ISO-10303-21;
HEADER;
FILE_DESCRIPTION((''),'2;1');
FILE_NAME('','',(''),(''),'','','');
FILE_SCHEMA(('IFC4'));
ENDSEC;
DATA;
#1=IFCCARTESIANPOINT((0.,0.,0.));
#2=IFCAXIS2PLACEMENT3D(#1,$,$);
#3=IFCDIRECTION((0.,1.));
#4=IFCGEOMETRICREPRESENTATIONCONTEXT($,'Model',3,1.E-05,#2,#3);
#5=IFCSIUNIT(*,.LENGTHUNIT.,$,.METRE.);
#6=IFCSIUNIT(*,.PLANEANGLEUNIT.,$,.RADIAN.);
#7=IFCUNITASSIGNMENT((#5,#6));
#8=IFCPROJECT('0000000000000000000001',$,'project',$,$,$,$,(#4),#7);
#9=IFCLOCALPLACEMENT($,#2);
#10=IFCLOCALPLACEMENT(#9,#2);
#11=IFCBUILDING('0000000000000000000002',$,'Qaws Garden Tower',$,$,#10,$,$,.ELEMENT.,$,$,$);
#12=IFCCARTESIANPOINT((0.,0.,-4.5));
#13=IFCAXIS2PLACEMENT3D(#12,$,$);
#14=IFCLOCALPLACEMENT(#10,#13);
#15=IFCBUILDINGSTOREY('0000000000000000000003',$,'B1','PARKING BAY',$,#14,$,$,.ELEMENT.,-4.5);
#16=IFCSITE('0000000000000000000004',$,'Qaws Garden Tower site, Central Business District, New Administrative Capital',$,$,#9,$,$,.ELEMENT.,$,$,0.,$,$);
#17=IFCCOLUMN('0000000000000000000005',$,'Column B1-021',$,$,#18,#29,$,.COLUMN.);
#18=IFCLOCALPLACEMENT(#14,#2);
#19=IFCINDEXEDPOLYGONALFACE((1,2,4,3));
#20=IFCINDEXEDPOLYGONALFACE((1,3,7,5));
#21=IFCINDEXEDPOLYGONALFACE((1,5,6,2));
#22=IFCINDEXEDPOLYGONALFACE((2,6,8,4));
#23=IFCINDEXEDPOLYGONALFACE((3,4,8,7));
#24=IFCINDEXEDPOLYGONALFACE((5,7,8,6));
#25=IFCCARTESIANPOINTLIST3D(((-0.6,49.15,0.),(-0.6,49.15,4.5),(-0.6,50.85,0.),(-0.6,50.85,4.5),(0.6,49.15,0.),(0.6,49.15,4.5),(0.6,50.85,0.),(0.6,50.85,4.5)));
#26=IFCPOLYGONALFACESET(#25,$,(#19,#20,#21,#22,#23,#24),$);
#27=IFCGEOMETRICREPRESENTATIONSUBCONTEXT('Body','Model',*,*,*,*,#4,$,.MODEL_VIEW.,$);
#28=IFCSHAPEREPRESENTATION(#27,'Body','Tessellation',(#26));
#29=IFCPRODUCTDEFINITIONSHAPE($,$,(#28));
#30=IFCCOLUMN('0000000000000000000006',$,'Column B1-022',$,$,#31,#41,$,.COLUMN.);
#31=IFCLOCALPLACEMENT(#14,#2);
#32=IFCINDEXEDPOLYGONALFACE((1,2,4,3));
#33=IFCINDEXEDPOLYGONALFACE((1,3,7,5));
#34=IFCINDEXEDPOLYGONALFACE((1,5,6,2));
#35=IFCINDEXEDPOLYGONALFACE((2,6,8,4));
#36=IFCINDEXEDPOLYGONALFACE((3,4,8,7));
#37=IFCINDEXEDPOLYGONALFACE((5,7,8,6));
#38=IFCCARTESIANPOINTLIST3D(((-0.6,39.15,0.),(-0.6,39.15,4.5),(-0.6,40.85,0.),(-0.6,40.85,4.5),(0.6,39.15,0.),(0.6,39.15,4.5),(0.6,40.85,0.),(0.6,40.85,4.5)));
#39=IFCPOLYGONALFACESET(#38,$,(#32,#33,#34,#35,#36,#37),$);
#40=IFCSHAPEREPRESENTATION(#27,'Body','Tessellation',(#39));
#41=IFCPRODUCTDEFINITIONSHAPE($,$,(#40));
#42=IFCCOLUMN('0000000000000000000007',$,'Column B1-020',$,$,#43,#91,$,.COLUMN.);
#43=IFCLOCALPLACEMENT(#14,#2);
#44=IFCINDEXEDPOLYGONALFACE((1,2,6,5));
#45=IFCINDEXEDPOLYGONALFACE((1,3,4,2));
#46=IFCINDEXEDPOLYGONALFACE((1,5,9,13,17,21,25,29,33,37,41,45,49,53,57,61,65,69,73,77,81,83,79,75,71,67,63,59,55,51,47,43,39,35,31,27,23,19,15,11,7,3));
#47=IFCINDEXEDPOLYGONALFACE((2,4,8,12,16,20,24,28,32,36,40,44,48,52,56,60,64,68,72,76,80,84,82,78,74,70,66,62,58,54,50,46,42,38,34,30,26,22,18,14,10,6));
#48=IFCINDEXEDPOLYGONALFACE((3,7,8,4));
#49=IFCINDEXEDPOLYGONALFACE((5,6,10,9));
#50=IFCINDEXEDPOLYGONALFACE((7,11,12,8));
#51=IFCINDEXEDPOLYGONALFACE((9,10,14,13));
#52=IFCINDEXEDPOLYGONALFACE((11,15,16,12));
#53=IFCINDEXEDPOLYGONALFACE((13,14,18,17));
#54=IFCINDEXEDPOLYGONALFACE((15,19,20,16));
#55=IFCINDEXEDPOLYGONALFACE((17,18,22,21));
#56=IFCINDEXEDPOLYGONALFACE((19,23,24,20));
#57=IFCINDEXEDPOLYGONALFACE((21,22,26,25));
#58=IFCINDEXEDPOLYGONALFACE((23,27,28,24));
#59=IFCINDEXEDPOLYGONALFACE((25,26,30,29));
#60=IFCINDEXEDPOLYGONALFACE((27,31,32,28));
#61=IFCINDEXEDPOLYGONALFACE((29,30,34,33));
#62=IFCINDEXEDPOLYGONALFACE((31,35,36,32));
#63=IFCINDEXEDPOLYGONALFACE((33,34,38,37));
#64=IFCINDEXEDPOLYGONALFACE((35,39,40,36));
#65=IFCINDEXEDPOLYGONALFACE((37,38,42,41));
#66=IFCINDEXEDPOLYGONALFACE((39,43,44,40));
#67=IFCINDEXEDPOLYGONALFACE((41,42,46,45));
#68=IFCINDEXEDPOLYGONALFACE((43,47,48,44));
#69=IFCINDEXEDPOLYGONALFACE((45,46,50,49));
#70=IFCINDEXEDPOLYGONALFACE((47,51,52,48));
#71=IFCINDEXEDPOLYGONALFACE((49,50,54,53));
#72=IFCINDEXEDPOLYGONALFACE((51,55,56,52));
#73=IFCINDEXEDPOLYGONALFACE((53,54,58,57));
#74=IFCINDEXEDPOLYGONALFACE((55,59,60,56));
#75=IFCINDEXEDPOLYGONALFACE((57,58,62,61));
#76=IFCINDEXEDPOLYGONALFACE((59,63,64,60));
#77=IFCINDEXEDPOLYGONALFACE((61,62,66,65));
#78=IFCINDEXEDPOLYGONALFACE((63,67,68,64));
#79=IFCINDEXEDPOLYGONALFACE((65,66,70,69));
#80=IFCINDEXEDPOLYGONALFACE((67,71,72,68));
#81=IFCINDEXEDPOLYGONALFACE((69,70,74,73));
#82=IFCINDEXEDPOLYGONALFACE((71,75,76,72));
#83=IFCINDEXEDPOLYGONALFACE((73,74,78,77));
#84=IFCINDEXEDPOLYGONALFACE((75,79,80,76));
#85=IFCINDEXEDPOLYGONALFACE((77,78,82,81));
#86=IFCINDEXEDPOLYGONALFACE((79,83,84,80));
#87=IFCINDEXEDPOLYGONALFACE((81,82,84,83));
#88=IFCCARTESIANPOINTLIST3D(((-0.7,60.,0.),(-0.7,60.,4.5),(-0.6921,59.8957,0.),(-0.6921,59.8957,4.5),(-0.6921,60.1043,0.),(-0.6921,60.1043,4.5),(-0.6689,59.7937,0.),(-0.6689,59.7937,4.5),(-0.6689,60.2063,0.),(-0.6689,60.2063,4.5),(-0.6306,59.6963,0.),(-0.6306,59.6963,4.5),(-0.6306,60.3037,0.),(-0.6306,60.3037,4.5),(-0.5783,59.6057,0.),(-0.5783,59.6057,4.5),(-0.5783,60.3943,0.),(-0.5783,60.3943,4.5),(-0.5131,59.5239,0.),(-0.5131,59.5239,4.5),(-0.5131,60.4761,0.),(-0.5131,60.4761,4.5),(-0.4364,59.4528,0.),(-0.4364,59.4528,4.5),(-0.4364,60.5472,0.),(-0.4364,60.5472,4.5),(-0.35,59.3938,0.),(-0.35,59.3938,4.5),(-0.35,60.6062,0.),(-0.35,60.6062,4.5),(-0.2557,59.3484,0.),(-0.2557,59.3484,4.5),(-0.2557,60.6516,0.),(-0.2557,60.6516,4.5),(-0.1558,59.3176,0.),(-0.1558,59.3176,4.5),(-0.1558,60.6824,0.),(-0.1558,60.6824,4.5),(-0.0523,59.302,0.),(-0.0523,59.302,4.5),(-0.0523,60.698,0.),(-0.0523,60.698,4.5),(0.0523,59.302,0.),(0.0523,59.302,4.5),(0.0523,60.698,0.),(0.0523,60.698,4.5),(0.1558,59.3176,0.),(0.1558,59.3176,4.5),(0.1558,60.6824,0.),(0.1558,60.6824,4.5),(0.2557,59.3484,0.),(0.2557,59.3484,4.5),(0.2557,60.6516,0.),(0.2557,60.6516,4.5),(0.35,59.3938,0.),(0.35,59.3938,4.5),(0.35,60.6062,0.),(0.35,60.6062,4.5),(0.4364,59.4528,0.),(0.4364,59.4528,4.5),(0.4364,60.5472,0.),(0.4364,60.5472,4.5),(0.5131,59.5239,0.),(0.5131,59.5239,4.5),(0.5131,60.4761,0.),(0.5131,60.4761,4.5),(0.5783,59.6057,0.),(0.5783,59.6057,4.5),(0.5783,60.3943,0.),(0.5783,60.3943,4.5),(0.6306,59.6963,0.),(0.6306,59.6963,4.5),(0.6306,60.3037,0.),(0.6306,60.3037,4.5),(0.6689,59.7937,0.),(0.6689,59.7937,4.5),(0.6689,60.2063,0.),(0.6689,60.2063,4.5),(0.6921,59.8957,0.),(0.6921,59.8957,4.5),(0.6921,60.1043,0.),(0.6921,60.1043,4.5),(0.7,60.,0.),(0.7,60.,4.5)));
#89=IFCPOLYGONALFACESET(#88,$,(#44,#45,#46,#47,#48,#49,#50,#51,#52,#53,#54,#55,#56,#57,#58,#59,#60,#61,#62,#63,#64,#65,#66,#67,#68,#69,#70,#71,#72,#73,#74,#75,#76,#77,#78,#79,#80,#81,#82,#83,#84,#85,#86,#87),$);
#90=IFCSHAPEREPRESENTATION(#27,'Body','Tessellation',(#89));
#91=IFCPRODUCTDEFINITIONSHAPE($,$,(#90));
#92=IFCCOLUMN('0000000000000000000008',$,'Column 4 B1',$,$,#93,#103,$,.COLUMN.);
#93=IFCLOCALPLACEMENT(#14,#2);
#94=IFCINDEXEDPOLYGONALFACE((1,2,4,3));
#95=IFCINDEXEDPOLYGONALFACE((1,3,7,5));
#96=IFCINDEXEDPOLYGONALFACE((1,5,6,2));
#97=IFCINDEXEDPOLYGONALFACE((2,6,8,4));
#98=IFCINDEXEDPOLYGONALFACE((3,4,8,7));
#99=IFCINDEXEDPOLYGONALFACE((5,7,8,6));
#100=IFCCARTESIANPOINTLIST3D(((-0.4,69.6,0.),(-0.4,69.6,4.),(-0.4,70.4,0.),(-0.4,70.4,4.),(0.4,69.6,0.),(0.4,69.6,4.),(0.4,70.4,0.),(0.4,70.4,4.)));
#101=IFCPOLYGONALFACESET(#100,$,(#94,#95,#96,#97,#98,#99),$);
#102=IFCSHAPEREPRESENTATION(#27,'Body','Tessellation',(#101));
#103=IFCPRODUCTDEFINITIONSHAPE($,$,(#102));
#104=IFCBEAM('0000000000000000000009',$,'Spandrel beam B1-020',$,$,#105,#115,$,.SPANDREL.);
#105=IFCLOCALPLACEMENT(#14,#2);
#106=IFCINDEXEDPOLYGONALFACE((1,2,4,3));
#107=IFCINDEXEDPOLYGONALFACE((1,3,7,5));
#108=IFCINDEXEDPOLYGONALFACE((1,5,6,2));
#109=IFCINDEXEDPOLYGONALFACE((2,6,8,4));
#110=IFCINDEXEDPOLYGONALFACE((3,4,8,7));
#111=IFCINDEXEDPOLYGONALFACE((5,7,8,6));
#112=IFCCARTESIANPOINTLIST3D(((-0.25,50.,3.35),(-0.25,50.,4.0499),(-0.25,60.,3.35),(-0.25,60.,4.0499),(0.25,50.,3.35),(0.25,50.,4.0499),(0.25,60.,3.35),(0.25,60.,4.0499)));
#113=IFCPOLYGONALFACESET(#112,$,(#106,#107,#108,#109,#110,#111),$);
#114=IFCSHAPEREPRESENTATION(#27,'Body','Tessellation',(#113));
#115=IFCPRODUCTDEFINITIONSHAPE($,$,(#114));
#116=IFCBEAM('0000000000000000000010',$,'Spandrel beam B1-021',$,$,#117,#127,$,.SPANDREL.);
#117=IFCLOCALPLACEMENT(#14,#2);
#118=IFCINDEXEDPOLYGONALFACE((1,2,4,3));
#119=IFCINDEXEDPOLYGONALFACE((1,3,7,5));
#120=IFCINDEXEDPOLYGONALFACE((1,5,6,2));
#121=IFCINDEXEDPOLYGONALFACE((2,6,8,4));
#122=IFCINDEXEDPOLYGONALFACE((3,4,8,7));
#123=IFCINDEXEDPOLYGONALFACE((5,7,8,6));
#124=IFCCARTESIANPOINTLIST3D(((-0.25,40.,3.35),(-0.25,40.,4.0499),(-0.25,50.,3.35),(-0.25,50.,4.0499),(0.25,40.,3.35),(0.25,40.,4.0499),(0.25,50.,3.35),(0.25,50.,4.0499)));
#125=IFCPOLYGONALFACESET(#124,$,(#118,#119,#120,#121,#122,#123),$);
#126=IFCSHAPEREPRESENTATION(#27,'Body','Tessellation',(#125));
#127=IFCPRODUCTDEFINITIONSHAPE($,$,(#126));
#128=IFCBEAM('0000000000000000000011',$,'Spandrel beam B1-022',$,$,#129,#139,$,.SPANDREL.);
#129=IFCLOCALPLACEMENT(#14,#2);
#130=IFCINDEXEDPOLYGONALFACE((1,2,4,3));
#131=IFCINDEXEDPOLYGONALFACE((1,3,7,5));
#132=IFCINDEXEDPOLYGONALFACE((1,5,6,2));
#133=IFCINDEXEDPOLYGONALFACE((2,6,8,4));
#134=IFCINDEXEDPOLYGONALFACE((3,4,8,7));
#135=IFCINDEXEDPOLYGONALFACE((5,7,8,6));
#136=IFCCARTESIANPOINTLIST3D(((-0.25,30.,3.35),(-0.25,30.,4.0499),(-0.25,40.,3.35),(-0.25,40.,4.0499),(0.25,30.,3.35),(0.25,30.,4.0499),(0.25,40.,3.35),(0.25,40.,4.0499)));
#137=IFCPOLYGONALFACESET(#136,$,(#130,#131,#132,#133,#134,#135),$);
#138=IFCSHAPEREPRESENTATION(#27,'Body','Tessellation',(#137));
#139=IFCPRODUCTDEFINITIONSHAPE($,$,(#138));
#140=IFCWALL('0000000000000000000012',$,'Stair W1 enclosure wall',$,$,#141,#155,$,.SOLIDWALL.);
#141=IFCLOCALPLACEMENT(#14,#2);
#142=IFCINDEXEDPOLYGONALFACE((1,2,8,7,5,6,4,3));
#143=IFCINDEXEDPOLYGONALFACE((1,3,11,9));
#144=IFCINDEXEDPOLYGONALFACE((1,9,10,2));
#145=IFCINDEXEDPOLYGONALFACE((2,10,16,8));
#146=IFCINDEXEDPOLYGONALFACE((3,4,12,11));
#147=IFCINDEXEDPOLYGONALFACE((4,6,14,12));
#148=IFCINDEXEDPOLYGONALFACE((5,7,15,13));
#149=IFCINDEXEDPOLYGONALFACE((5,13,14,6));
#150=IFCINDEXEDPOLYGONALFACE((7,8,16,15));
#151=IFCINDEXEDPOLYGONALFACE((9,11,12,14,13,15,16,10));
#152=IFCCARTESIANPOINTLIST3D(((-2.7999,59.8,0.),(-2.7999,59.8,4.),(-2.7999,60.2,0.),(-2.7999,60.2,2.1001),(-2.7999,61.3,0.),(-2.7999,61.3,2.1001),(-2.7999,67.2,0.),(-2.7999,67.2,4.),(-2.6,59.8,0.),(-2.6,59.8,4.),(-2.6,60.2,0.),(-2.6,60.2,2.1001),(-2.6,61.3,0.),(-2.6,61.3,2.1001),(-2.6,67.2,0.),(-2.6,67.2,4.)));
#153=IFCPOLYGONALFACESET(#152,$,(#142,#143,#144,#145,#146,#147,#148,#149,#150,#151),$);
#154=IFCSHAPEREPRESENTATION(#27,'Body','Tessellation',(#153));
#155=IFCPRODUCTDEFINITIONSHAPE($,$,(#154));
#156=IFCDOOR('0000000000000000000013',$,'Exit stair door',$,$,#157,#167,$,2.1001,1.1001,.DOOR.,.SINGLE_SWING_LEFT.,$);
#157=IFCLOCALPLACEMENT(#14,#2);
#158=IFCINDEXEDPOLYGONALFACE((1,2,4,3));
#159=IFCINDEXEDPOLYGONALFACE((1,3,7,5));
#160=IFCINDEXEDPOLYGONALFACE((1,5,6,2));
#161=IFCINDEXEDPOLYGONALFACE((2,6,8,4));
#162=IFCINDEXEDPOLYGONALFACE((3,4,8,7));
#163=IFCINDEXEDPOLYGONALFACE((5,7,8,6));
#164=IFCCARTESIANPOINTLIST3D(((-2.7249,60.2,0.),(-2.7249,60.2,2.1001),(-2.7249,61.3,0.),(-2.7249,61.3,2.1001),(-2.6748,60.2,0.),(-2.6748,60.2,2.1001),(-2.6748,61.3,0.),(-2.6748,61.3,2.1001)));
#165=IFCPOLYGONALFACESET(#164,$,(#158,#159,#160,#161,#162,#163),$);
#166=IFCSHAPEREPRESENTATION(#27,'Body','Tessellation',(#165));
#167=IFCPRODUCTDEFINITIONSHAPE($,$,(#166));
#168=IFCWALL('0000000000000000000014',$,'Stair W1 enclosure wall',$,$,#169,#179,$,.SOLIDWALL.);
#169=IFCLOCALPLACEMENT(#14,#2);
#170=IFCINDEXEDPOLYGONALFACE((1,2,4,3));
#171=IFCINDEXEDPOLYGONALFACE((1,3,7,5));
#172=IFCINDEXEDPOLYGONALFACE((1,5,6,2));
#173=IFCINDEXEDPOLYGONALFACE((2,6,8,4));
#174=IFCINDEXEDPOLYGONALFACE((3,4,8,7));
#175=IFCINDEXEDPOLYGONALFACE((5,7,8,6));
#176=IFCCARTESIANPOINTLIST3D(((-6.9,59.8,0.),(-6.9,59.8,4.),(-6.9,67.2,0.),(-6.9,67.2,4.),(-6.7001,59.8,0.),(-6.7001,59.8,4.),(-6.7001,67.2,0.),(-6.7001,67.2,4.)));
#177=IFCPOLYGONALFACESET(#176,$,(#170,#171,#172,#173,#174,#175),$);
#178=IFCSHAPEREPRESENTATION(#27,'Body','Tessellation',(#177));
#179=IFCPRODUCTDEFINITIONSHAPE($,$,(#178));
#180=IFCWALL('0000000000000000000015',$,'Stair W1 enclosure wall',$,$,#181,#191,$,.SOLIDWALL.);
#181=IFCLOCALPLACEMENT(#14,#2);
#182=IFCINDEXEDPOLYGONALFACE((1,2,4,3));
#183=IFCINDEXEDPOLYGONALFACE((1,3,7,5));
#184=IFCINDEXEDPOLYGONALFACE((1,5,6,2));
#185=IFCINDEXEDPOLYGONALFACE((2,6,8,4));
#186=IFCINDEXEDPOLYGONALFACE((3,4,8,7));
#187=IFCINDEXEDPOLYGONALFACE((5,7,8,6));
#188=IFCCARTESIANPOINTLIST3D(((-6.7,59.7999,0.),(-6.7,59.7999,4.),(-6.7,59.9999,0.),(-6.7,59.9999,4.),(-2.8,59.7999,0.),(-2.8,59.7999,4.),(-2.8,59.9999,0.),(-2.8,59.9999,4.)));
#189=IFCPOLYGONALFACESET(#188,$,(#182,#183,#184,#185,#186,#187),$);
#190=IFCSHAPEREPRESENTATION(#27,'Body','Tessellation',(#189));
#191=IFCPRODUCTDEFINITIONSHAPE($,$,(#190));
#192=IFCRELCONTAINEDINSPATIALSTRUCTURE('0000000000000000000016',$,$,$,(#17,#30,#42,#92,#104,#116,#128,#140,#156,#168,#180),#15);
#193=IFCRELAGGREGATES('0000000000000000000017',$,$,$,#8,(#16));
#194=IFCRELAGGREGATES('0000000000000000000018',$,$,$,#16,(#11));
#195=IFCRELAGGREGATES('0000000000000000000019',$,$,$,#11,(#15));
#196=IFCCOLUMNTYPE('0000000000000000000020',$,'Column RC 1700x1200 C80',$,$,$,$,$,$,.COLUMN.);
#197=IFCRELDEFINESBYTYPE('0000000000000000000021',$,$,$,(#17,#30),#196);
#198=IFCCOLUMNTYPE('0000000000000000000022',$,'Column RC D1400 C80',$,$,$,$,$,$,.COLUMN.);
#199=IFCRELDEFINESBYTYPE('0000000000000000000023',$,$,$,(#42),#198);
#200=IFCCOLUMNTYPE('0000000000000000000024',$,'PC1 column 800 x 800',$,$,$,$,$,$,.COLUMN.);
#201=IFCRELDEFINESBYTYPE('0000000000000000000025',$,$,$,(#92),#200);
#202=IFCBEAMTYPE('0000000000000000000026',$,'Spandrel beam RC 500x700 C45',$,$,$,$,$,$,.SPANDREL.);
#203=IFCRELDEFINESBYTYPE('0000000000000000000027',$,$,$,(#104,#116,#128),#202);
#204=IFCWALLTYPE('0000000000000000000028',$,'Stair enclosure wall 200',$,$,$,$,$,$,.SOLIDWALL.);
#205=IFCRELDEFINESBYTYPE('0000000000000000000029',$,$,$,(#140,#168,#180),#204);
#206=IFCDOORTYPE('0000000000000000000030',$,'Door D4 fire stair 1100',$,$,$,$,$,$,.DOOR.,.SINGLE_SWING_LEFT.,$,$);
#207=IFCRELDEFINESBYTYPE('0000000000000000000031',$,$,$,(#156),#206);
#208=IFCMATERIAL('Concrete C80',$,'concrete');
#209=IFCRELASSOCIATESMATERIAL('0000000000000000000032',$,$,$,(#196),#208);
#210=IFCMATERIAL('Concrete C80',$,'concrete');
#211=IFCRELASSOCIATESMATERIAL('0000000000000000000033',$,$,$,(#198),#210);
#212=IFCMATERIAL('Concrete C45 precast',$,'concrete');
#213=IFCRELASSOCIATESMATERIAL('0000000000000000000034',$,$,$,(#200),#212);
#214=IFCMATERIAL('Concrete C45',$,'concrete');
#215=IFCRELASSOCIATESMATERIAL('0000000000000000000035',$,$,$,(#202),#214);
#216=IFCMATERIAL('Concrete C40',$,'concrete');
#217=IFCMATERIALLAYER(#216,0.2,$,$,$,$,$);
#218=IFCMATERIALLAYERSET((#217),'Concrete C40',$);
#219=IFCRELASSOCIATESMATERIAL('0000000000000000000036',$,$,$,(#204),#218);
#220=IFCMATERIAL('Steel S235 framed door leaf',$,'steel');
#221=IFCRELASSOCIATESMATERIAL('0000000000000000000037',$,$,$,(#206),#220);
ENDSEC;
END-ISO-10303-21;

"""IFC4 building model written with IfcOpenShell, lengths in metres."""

from ifc_helpers import new_model, si_unit, direction, frame, frame_2d, origin, origin_2d, place, context, subcontext, project, spatial, rectangle, circle, extrude, material, layer, layer_set, material_profile, profile_set, type_object, element, fill, save


model = new_model("IFC4")

# Units and contexts
model_context = context("Model", 3, precision=1e-05, world=origin(), true_north=direction((0.0, 1.0)))
body_context = subcontext(model_context, "Body", "Model", "MODEL_VIEW")
ifc_project = project(units=[si_unit("LENGTHUNIT", "METRE"), si_unit("PLANEANGLEUNIT", "RADIAN")], contexts=[model_context])

# Site, building, storey
site_placement = place(None, origin())
site = spatial("IfcSite", under=ifc_project, at=site_placement, Name="Qaws Garden Tower site, Central Business District, New Administrative Capital", CompositionType="ELEMENT", RefElevation=0.0)
building_placement = place(site_placement, origin())
building = spatial("IfcBuilding", under=site, at=building_placement, Name="Qaws Garden Tower", CompositionType="ELEMENT")
storey_placement = place(building_placement, frame((0.0, 0.0, -4.5)))
storey = spatial("IfcBuildingStorey", under=building, at=storey_placement, Name="B1", Description="PARKING BAY", CompositionType="ELEMENT", Elevation=-4.5)

# Columns
ifc_material_1 = material(Name="Concrete C80", Category="concrete")
ifc_material_profile_1 = material_profile(ifc_material_1, rectangle(XDim=1.7, YDim=1.2, at=origin_2d()), Name="RC 1700x1200")
ifc_profile_set_1 = profile_set([ifc_material_profile_1], Name="Concrete C80")
column_type_1 = type_object("IfcColumnType", Name="Column RC 1700x1200 C80", PredefinedType="COLUMN", material=ifc_profile_set_1)
for number, where, z_axis, x_axis, name in (
    (1, (0.0, 50.0, 0.0), (0.0, 0.0, 1.0), (0.0, 1.0, 0.0), "Column B1-021"),
    (2, (0.0, 40.0, 0.0), (0.0, 0.0, 1.0), (0.0, 1.0, 0.0), "Column B1-022"),
):
    element("IfcColumn", number, at=place(storey_placement, frame(where, z_axis=z_axis, x_axis=x_axis)), inside=storey, type_object=column_type_1, Name=name, PredefinedType="COLUMN", context=body_context, shape_type="SweptSolid", body=[
        extrude(rectangle(XDim=1.7, YDim=1.2, at=origin_2d()), origin(), (0.0, 0.0, 1.0), 4.5),
    ])
ifc_material_2 = material(Name="Concrete C80", Category="concrete")
ifc_material_profile_2 = material_profile(ifc_material_2, circle(Radius=0.7, at=origin_2d()), Name="RC D1400")
ifc_profile_set_2 = profile_set([ifc_material_profile_2], Name="Concrete C80")
column_type_2 = type_object("IfcColumnType", Name="Column RC D1400 C80", PredefinedType="COLUMN", material=ifc_profile_set_2)
column_1_placement = place(storey_placement, frame((0.0, 60.0, 0.0), z_axis=(0.0, 0.0, 1.0), x_axis=(1.0, 0.0, 0.0)))
element("IfcColumn", 3, at=column_1_placement, inside=storey, type_object=column_type_2, Name="Column B1-020", PredefinedType="COLUMN", context=body_context, shape_type="SweptSolid", body=[
    extrude(circle(Radius=0.7, at=origin_2d()), origin(), (0.0, 0.0, 1.0), 4.5),
])
ifc_material_3 = material(Name="Concrete C45 precast", Category="concrete")
ifc_material_profile_3 = material_profile(ifc_material_3, rectangle(XDim=0.8, YDim=0.8, at=origin_2d()), Name="PC1 column 800 x 800")
ifc_profile_set_3 = profile_set([ifc_material_profile_3], Name="Concrete C45 precast")
column_type_3 = type_object("IfcColumnType", Name="PC1 column 800 x 800", PredefinedType="COLUMN", material=ifc_profile_set_3)
column_2_placement = place(storey_placement, frame((0.0, 70.0, 0.0), z_axis=(0.0, 0.0, 1.0), x_axis=(1.0, 0.0, 0.0)))
element("IfcColumn", 4, at=column_2_placement, inside=storey, type_object=column_type_3, Name="Column 4 B1", PredefinedType="COLUMN", context=body_context, shape_type="SweptSolid", body=[
    extrude(rectangle(XDim=0.8, YDim=0.8, at=origin_2d()), origin(), (0.0, 0.0, 1.0), 4.0),
])

# Beams
ifc_material_4 = material(Name="Concrete C45", Category="concrete")
ifc_material_profile_4 = material_profile(ifc_material_4, rectangle(XDim=0.5, YDim=0.7, at=origin_2d()), Name="RC 500x700")
ifc_profile_set_4 = profile_set([ifc_material_profile_4], Name="Concrete C45")
beam_type = type_object("IfcBeamType", Name="Spandrel beam RC 500x700 C45", PredefinedType="SPANDREL", material=ifc_profile_set_4)
for number, where, z_axis, x_axis, name in (
    (5, (0.0, 60.0, 3.7), (0.0, -1.0, 0.0), (1.0, 0.0, 0.0), "Spandrel beam B1-020"),
    (6, (0.0, 50.0, 3.7), (0.0, -1.0, 0.0), (1.0, 0.0, 0.0), "Spandrel beam B1-021"),
    (7, (0.0, 40.0, 3.7), (0.0, -1.0, 0.0), (1.0, 0.0, 0.0), "Spandrel beam B1-022"),
):
    element("IfcBeam", number, at=place(storey_placement, frame(where, z_axis=z_axis, x_axis=x_axis)), inside=storey, type_object=beam_type, Name=name, PredefinedType="SPANDREL", context=body_context, shape_type="SweptSolid", body=[
        extrude(rectangle(XDim=0.5, YDim=0.7, at=origin_2d()), origin(), (0.0, 0.0, 1.0), 10.0),
    ])

# Wall, opening, door
ifc_material_5 = material(Name="Concrete C40", Category="concrete")
ifc_layer_1 = layer(ifc_material_5, 0.2)
ifc_layer_set_1 = layer_set([ifc_layer_1], Name="Concrete C40")
wall_type = type_object("IfcWallType", Name="Stair enclosure wall 200", PredefinedType="SOLIDWALL", material=ifc_layer_set_1)
wall_1_placement = place(storey_placement, frame((-2.7, 59.8, 0.0), z_axis=(0.0, 0.0, 1.0), x_axis=(0.0, 1.0, 0.0)))
wall_1 = element("IfcWall", 8, at=wall_1_placement, inside=storey, type_object=wall_type, Name="Stair W1 enclosure wall", PredefinedType="SOLIDWALL", context=body_context, shape_type="SweptSolid", body=[
    extrude(rectangle(XDim=7.3999, YDim=0.2, at=frame_2d((3.7, 0.0))), origin(), (0.0, 0.0, 1.0), 4.0),
])
opening_placement = place(wall_1_placement, frame((0.3999, 0.0, 0.0)))
opening = element("IfcOpeningElement", 9, at=opening_placement, cuts=wall_1, PredefinedType="OPENING", context=body_context, shape_type="SweptSolid", body=[
    extrude(rectangle(XDim=1.1001, YDim=2.1001, at=frame_2d((0.55, 1.05))), frame((0.0, 0.1099, 0.0), z_axis=(0.0, -1.0, 0.0), x_axis=(1.0, 0.0, 0.0)), (0.0, 0.0, 1.0), 0.22),
])
ifc_material_6 = material(Name="Steel S235 framed door leaf", Category="steel")
door_type = type_object("IfcDoorType", Name="Door D4 fire stair 1100", OperationType="SINGLE_SWING_LEFT", PredefinedType="DOOR", material=ifc_material_6)
door_placement = place(opening_placement, origin())
door = element("IfcDoor", 10, at=door_placement, inside=storey, type_object=door_type, Name="Exit stair door", OperationType="SINGLE_SWING_LEFT", OverallHeight=2.1001, OverallWidth=1.1001, PredefinedType="DOOR", context=body_context, shape_type="SweptSolid", body=[
    extrude(rectangle(XDim=1.1001, YDim=2.1001, at=frame_2d((0.55, 1.05))), frame((0.0, 0.0249, 0.0), z_axis=(0.0, -1.0, 0.0), x_axis=(1.0, 0.0, 0.0)), (0.0, 0.0, 1.0), 0.05),
])
fill(opening, door)

# Walls
wall_2_placement = place(storey_placement, frame((-6.8, 59.8, 0.0), z_axis=(0.0, 0.0, 1.0), x_axis=(0.0, 1.0, 0.0)))
element("IfcWall", 11, at=wall_2_placement, inside=storey, type_object=wall_type, Name="Stair W1 enclosure wall", PredefinedType="SOLIDWALL", context=body_context, shape_type="SweptSolid", body=[
    extrude(rectangle(XDim=7.3999, YDim=0.2, at=frame_2d((3.7, 0.0))), origin(), (0.0, 0.0, 1.0), 4.0),
])
for number, where, z_axis, x_axis, name in (
    (12, (-2.8, 59.8999, 0.0), (0.0, 0.0, 1.0), (-1.0, 0.0, 0.0), "Stair W1 enclosure wall"),
):
    element("IfcWall", number, at=place(storey_placement, frame(where, z_axis=z_axis, x_axis=x_axis)), inside=storey, type_object=wall_type, Name=name, PredefinedType="SOLIDWALL", context=body_context, shape_type="SweptSolid", body=[
        extrude(rectangle(XDim=3.8999, YDim=0.2, at=frame_2d((1.95, 0.0))), origin(), (0.0, 0.0, 1.0), 4.0),
    ])

save(model, "model.ifc")
